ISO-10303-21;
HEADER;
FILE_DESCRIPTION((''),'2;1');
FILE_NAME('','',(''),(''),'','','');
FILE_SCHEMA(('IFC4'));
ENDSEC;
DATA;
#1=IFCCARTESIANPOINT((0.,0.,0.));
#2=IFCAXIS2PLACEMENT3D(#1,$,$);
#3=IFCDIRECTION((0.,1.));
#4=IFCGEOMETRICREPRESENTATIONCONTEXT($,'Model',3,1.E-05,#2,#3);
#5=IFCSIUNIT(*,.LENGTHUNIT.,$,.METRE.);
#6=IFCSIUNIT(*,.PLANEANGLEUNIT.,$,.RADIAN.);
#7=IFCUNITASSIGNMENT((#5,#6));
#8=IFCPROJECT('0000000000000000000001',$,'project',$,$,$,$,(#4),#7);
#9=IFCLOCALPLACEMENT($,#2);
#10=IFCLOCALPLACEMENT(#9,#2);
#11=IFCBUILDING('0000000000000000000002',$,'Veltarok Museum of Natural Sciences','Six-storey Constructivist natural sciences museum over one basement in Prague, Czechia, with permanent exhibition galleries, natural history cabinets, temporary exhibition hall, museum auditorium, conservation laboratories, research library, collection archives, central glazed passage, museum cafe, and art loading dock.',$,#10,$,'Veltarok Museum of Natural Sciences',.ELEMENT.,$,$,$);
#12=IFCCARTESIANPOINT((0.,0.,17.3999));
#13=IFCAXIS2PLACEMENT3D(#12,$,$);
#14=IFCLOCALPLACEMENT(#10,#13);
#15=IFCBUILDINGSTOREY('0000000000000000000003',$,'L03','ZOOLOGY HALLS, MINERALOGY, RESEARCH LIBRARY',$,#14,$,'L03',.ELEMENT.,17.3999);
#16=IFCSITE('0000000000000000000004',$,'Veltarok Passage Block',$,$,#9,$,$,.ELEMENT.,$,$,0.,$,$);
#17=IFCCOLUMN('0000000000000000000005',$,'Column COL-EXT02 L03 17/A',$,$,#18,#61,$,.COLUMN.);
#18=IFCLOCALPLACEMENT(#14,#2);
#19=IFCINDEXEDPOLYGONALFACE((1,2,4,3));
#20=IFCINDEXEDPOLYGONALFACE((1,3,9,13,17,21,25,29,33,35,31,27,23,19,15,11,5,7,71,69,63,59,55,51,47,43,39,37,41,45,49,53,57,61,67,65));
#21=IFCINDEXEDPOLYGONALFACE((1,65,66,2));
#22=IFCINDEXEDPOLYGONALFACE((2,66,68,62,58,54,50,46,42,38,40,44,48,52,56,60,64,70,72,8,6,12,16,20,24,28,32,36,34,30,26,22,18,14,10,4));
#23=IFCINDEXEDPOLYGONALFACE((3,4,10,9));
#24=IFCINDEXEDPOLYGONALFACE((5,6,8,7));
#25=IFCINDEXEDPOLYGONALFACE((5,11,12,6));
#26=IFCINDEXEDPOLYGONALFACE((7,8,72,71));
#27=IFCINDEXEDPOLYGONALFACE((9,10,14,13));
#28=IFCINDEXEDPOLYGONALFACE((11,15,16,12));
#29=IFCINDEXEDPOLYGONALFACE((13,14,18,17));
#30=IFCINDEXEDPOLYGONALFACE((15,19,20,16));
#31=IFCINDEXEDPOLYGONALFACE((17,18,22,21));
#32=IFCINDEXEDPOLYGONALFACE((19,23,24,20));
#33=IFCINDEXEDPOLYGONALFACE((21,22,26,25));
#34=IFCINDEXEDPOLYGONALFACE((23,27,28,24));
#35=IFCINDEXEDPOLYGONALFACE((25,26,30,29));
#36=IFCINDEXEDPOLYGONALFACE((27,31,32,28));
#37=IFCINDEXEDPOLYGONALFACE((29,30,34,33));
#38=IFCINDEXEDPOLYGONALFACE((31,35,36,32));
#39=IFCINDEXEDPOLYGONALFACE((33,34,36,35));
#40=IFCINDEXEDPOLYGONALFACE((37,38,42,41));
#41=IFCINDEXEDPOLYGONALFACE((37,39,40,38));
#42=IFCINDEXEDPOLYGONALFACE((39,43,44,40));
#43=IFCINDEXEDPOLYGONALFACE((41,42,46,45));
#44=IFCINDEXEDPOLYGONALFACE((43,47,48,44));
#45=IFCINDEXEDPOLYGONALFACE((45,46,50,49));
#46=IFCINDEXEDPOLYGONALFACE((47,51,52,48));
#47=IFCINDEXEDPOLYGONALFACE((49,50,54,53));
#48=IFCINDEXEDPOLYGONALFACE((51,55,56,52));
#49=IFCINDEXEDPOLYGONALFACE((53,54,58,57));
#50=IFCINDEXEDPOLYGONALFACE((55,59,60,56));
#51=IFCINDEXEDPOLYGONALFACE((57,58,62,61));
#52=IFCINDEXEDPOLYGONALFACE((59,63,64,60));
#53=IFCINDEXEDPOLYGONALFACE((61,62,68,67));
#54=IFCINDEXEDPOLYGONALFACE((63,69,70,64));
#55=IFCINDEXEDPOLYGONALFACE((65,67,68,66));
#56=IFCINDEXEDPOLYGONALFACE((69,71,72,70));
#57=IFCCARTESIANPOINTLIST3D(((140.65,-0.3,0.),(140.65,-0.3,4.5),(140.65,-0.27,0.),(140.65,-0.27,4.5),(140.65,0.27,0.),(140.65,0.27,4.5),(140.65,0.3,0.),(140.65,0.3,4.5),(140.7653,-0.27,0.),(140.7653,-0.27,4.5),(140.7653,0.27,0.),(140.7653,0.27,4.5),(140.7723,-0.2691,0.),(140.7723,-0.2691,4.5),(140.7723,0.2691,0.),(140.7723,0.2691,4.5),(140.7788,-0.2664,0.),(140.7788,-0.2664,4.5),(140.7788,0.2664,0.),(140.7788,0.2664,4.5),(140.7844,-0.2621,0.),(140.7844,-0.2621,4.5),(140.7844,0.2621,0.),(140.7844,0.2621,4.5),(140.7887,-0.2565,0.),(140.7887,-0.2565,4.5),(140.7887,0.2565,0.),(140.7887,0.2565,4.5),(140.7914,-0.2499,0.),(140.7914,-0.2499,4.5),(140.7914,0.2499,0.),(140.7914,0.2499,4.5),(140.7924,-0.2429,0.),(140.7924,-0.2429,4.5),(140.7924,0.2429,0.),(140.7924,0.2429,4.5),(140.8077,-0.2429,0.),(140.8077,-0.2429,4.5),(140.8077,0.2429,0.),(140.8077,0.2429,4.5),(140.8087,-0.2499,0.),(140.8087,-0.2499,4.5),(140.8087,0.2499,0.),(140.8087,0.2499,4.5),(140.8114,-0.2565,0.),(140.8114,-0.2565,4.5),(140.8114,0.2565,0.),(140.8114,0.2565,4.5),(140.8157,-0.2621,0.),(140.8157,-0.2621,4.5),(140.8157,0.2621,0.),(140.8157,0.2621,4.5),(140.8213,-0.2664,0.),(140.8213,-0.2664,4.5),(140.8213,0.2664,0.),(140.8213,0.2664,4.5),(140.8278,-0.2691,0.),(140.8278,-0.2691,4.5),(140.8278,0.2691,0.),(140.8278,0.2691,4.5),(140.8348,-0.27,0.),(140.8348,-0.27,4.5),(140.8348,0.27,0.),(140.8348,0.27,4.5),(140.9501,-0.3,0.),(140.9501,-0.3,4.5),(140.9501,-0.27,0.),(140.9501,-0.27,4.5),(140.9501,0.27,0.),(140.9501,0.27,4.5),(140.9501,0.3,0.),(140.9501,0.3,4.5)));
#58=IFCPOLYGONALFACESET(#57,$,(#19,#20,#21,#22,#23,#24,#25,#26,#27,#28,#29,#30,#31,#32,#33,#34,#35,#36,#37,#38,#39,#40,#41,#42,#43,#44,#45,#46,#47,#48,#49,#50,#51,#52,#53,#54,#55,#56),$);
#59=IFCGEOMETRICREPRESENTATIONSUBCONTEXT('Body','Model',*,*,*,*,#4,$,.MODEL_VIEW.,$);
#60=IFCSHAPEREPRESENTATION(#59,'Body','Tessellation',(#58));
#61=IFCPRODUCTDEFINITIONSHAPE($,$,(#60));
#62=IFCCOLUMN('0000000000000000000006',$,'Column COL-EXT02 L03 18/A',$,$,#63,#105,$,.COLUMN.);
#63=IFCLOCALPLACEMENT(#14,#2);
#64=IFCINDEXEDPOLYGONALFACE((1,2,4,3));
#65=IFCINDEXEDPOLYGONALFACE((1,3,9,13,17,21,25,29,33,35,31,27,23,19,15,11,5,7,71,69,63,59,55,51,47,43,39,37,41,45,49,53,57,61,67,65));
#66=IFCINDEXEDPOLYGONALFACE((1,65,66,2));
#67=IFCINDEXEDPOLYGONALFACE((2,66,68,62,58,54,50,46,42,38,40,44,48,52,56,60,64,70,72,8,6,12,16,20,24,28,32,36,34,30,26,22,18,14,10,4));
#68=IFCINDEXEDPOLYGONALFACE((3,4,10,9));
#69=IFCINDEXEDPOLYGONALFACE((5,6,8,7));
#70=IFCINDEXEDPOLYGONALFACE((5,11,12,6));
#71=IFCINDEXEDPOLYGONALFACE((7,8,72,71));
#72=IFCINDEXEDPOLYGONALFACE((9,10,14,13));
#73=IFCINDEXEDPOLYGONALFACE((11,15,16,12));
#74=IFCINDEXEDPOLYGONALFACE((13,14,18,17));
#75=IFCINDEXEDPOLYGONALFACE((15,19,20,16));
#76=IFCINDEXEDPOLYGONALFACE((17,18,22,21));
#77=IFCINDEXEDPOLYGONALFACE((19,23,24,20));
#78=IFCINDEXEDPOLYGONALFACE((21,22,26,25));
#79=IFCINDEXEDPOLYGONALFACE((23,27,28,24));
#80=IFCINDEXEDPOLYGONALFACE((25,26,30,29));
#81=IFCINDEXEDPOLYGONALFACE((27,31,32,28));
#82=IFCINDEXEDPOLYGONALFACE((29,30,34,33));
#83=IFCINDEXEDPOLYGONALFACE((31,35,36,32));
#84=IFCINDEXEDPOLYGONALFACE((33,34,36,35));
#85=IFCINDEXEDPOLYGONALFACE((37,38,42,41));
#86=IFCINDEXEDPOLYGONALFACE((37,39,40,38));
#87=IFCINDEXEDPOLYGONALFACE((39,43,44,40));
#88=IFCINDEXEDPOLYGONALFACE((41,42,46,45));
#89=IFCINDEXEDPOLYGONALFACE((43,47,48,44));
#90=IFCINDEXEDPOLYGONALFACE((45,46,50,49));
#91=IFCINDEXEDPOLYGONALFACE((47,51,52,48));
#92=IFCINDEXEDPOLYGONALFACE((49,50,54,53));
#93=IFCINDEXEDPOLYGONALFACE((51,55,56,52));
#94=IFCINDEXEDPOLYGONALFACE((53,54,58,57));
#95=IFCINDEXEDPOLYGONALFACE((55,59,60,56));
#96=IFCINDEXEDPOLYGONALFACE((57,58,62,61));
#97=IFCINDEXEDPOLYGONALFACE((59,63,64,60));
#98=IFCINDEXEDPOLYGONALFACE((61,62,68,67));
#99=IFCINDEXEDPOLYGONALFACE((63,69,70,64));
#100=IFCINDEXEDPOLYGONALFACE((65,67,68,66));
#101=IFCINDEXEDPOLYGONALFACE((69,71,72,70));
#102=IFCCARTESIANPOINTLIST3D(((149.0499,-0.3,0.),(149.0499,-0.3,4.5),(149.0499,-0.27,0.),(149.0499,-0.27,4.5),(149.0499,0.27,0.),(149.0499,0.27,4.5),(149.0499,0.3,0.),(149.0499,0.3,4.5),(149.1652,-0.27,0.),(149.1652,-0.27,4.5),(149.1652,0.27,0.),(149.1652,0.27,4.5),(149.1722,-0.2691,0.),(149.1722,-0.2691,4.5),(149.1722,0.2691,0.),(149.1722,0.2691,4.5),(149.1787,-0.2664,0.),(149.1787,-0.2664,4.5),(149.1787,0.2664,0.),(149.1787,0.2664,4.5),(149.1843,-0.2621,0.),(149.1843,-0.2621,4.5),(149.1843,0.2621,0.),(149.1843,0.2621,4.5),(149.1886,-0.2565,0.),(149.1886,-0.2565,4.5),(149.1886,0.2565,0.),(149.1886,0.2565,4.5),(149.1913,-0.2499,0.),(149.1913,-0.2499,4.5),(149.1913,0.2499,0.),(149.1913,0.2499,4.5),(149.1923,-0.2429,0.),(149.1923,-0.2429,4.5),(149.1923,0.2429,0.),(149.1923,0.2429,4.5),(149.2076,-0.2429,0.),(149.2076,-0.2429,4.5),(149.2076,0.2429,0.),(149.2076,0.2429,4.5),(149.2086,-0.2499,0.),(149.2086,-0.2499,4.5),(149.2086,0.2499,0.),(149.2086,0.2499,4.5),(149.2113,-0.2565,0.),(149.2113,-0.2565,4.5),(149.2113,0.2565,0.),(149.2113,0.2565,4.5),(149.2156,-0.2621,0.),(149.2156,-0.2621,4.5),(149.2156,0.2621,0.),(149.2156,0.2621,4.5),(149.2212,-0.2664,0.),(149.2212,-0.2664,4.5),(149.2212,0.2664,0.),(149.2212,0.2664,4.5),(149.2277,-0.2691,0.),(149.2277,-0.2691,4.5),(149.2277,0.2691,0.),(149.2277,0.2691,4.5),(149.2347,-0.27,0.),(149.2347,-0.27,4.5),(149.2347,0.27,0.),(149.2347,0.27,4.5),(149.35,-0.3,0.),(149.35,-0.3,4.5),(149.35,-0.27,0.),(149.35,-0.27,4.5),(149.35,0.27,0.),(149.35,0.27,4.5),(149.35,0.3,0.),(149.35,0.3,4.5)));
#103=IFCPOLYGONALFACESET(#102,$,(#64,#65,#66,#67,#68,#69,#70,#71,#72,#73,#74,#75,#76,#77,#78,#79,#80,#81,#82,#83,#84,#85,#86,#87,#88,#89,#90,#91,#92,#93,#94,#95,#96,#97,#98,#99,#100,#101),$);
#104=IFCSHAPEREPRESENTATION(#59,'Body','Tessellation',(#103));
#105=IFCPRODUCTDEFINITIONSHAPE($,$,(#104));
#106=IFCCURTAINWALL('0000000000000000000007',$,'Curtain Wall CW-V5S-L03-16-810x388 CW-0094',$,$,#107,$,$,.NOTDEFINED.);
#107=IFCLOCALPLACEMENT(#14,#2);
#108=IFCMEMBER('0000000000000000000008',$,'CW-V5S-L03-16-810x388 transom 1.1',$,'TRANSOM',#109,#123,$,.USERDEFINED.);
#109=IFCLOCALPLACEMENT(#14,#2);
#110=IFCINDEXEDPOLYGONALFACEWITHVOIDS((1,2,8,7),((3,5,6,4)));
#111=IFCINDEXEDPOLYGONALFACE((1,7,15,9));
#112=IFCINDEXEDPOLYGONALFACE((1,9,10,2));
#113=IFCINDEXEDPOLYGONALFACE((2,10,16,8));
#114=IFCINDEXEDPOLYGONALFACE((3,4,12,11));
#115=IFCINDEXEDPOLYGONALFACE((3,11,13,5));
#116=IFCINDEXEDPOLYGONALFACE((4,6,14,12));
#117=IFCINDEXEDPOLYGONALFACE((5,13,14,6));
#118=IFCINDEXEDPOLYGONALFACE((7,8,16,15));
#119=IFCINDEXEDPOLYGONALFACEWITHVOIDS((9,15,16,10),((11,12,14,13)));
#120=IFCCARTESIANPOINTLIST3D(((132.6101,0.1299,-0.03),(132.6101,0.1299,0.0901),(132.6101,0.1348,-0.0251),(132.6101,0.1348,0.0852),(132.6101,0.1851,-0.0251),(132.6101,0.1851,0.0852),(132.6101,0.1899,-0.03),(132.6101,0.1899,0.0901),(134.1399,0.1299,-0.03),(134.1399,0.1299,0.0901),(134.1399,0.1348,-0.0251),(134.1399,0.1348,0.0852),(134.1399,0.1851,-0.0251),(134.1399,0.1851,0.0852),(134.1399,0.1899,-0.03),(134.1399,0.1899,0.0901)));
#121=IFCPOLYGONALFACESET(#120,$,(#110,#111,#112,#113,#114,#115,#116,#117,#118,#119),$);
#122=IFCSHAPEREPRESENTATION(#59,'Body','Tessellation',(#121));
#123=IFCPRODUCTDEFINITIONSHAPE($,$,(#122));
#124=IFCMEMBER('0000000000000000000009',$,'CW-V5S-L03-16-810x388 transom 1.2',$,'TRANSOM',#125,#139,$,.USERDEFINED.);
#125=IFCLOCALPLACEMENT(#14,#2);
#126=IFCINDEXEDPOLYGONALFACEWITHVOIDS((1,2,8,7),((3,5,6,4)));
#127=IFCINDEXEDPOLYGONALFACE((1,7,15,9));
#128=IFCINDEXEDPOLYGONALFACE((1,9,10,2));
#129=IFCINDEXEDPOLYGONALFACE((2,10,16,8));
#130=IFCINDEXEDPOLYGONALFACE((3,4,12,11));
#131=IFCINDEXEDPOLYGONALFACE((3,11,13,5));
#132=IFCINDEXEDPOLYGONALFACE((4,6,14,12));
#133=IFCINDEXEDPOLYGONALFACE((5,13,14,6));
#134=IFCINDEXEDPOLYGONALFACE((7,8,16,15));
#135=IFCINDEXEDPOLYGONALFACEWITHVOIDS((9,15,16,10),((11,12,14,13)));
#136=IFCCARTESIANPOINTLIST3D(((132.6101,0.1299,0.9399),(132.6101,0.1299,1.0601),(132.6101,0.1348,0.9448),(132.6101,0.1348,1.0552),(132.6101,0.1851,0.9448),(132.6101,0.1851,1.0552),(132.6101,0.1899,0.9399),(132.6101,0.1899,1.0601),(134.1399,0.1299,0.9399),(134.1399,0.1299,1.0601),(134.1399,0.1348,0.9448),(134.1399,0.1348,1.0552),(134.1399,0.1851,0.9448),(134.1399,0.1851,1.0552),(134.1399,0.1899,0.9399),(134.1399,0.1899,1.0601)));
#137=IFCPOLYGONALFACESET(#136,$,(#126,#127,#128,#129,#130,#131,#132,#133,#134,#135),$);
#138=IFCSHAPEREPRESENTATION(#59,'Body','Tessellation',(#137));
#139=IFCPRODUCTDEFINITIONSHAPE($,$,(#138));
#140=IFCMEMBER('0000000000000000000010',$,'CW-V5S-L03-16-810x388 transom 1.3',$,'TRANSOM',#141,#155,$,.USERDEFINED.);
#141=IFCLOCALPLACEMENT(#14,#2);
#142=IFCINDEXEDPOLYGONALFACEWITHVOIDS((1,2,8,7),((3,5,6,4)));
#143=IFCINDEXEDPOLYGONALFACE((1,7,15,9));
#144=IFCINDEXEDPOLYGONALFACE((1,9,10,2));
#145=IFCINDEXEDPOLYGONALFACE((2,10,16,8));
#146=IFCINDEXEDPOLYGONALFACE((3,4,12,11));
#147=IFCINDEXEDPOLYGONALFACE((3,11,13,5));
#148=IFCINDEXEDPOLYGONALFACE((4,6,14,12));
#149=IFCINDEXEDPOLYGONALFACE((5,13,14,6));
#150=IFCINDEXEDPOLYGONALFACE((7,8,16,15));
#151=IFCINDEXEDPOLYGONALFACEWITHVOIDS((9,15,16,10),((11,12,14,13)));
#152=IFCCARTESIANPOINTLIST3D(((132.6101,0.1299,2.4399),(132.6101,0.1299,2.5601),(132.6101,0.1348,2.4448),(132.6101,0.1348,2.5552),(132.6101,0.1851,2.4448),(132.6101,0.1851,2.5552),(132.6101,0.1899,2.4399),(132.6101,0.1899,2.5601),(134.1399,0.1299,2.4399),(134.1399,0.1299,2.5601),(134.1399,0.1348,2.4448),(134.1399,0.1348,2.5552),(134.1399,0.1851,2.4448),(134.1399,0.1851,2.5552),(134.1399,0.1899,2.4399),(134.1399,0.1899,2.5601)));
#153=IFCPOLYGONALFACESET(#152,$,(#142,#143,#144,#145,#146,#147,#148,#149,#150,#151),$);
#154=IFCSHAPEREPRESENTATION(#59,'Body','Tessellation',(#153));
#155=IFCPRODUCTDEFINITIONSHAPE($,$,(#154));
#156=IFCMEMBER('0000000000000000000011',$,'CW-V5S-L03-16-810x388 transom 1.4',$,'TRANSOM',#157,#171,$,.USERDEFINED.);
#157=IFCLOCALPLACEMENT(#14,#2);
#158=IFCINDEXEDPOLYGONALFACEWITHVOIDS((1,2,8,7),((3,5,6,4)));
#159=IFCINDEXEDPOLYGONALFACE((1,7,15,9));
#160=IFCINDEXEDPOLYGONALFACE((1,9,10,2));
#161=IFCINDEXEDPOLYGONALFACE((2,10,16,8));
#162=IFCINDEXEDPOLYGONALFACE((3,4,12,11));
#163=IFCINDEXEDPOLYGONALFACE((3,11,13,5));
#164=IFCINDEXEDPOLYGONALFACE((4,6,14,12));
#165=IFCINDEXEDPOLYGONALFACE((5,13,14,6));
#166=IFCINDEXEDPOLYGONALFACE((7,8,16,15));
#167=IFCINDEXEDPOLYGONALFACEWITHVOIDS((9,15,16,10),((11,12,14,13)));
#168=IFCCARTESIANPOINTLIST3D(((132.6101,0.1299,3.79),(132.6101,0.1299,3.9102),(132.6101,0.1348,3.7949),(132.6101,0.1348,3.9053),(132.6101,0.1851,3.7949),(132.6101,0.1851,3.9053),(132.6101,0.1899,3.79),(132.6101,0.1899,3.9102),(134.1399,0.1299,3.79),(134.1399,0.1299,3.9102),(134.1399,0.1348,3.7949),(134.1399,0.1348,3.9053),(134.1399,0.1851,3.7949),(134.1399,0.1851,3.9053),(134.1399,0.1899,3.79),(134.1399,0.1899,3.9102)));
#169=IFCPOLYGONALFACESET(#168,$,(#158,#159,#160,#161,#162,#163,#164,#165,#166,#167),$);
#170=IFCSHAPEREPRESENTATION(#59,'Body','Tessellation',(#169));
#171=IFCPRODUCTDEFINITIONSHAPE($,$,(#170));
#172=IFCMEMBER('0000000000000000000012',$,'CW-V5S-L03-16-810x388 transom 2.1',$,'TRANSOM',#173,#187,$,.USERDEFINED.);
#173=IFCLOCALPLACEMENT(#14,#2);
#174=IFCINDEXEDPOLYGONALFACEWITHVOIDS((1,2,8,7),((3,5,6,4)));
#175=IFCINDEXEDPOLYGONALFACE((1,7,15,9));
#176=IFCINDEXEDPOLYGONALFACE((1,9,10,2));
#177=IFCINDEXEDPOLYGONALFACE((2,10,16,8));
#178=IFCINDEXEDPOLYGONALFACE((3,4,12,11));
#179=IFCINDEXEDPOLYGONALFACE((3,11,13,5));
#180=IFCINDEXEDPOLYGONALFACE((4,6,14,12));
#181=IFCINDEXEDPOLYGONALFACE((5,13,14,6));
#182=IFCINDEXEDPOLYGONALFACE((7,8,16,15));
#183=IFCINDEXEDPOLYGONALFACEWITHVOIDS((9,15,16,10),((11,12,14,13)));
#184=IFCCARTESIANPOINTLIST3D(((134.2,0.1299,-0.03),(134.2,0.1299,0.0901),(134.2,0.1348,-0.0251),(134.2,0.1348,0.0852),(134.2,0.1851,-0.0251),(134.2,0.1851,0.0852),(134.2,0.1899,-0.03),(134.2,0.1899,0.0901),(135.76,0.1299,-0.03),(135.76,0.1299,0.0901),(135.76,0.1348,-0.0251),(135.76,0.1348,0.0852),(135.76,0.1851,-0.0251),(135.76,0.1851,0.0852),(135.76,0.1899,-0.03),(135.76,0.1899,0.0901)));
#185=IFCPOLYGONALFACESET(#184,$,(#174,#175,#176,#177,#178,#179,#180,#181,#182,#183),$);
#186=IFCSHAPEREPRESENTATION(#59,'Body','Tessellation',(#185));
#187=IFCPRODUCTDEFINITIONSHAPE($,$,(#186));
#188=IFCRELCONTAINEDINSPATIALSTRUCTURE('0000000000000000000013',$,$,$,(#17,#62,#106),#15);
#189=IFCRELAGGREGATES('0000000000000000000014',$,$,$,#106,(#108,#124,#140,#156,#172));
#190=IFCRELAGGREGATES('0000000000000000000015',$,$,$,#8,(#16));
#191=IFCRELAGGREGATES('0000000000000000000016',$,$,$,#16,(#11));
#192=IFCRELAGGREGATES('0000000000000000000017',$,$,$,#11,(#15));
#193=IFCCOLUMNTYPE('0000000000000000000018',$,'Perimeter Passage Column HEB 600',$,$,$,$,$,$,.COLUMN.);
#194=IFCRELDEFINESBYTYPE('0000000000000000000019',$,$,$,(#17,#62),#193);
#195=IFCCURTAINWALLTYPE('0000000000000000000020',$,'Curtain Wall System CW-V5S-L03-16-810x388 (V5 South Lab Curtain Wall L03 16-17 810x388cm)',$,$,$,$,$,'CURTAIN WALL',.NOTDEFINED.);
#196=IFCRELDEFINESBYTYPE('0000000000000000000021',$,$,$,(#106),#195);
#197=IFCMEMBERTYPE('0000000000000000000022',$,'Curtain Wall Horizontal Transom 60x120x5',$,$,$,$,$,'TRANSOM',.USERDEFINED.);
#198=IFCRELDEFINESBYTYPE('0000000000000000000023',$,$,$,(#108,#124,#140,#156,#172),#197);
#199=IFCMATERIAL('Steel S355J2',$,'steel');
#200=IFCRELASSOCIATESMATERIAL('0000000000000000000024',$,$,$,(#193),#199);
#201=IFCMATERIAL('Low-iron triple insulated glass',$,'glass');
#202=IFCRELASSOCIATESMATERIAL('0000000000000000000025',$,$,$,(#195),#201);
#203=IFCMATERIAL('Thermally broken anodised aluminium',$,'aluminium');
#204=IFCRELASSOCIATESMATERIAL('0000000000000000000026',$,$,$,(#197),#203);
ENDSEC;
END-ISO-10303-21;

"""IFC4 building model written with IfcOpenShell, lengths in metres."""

from ifc_helpers import new_model, si_unit, direction, frame, origin, origin_2d, place, context, subcontext, project, spatial, hollow_rectangle, i_section, extrude, material, material_profile, profile_set, type_object, element, aggregate, save


model = new_model("IFC4")

# Units and contexts
model_context = context("Model", 3, precision=1e-05, world=origin(), true_north=direction((0.0, 1.0)))
body_context = subcontext(model_context, "Body", "Model", "MODEL_VIEW")
ifc_project = project(units=[si_unit("LENGTHUNIT", "METRE"), si_unit("PLANEANGLEUNIT", "RADIAN")], contexts=[model_context])

# Site, building, storey
site_placement = place(None, origin())
site = spatial("IfcSite", under=ifc_project, at=site_placement, Name="Veltarok Passage Block", CompositionType="ELEMENT", RefElevation=0.0)
building_placement = place(site_placement, origin())
building = spatial("IfcBuilding", under=site, at=building_placement, Name="Veltarok Museum of Natural Sciences", Description="Six-storey Constructivist natural sciences museum over one basement in Prague, Czechia, with permanent exhibition galleries, natural history cabinets, temporary exhibition hall, museum auditorium, conservation laboratories, research library, collection archives, central glazed passage, museum cafe, and art loading dock.", LongName="Veltarok Museum of Natural Sciences", CompositionType="ELEMENT")
storey_placement = place(building_placement, frame((0.0, 0.0, 17.3999)))
storey = spatial("IfcBuildingStorey", under=building, at=storey_placement, Name="L03", Description="ZOOLOGY HALLS, MINERALOGY, RESEARCH LIBRARY", LongName="L03", CompositionType="ELEMENT", Elevation=17.3999)

# Columns
ifc_material_1 = material(Name="Steel S355J2", Category="steel")
ifc_material_profile_1 = material_profile(ifc_material_1, i_section(OverallWidth=0.3, OverallDepth=0.6001, WebThickness=0.0154, FlangeThickness=0.03, FilletRadius=0.0271, at=origin_2d()), Name="HEB 600")
ifc_profile_set_1 = profile_set([ifc_material_profile_1], Name="Steel S355J2")
column_type = type_object("IfcColumnType", Name="Perimeter Passage Column HEB 600", PredefinedType="COLUMN", material=ifc_profile_set_1)
for number, where, z_axis, x_axis, name in (
    (1, (140.8, 0.0, 0.0), (0.0, 0.0, 1.0), (1.0, 0.0, 0.0), "Column COL-EXT02 L03 17/A"),
    (2, (149.2, 0.0, 0.0), (0.0, 0.0, 1.0), (1.0, 0.0, 0.0), "Column COL-EXT02 L03 18/A"),
):
    element("IfcColumn", number, at=place(storey_placement, frame(where, z_axis=z_axis, x_axis=x_axis)), inside=storey, type_object=column_type, Name=name, PredefinedType="COLUMN", context=body_context, shape_type="SweptSolid", body=[
        extrude(i_section(OverallWidth=0.3, OverallDepth=0.6001, WebThickness=0.0154, FlangeThickness=0.03, FilletRadius=0.0271, at=origin_2d()), origin(), (0.0, 0.0, 1.0), 4.5),
    ])

# Curtain wall, members
ifc_material_2 = material(Name="Low-iron triple insulated glass", Category="glass")
curtain_wall_type = type_object("IfcCurtainWallType", Name="Curtain Wall System CW-V5S-L03-16-810x388 (V5 South Lab Curtain Wall L03 16-17 810x388cm)", ElementType="CURTAIN WALL", PredefinedType="NOTDEFINED", material=ifc_material_2)
curtain_wall_placement = place(storey_placement, origin())
curtain_wall = element("IfcCurtainWall", 3, at=curtain_wall_placement, inside=storey, type_object=curtain_wall_type, Name="Curtain Wall CW-V5S-L03-16-810x388 CW-0094", PredefinedType="NOTDEFINED")
ifc_material_3 = material(Name="Thermally broken anodised aluminium", Category="aluminium")
ifc_material_profile_2 = material_profile(ifc_material_3, hollow_rectangle(XDim=0.0601, YDim=0.1201, WallThickness=0.0049, at=origin_2d()), Name="CW TRANSOM 60x120x5")
ifc_profile_set_2 = profile_set([ifc_material_profile_2], Name="Thermally broken anodised aluminium")
member_type_1 = type_object("IfcMemberType", Name="Curtain Wall Horizontal Transom 60x120x5", ElementType="TRANSOM", PredefinedType="USERDEFINED", material=ifc_profile_set_2)
member_1_placement = place(storey_placement, frame((132.6101, 0.1599, 0.03), z_axis=(1.0, 0.0, 0.0), x_axis=(0.0, 1.0, 0.0)))
member_1 = element("IfcMember", 4, at=member_1_placement, type_object=member_type_1, Name="CW-V5S-L03-16-810x388 transom 1.1", ObjectType="TRANSOM", PredefinedType="USERDEFINED", context=body_context, shape_type="SweptSolid", body=[
    extrude(hollow_rectangle(XDim=0.0601, YDim=0.1201, WallThickness=0.0049, at=origin_2d()), origin(), (0.0, 0.0, 1.0), 1.5298),
])
member_2_placement = place(storey_placement, frame((132.6101, 0.1599, 1.0), z_axis=(1.0, 0.0, 0.0), x_axis=(0.0, 1.0, 0.0)))
member_2 = element("IfcMember", 5, at=member_2_placement, type_object=member_type_1, Name="CW-V5S-L03-16-810x388 transom 1.2", ObjectType="TRANSOM", PredefinedType="USERDEFINED", context=body_context, shape_type="SweptSolid", body=[
    extrude(hollow_rectangle(XDim=0.0601, YDim=0.1201, WallThickness=0.0049, at=origin_2d()), origin(), (0.0, 0.0, 1.0), 1.5298),
])
member_3_placement = place(storey_placement, frame((132.6101, 0.1599, 2.5), z_axis=(1.0, 0.0, 0.0), x_axis=(0.0, 1.0, 0.0)))
member_3 = element("IfcMember", 6, at=member_3_placement, type_object=member_type_1, Name="CW-V5S-L03-16-810x388 transom 1.3", ObjectType="TRANSOM", PredefinedType="USERDEFINED", context=body_context, shape_type="SweptSolid", body=[
    extrude(hollow_rectangle(XDim=0.0601, YDim=0.1201, WallThickness=0.0049, at=origin_2d()), origin(), (0.0, 0.0, 1.0), 1.5298),
])
member_4_placement = place(storey_placement, frame((132.6101, 0.1599, 3.8501), z_axis=(1.0, 0.0, 0.0), x_axis=(0.0, 1.0, 0.0)))
member_4 = element("IfcMember", 7, at=member_4_placement, type_object=member_type_1, Name="CW-V5S-L03-16-810x388 transom 1.4", ObjectType="TRANSOM", PredefinedType="USERDEFINED", context=body_context, shape_type="SweptSolid", body=[
    extrude(hollow_rectangle(XDim=0.0601, YDim=0.1201, WallThickness=0.0049, at=origin_2d()), origin(), (0.0, 0.0, 1.0), 1.5298),
])
member_5_placement = place(storey_placement, frame((134.2, 0.1599, 0.03), z_axis=(1.0, 0.0, 0.0), x_axis=(0.0, 1.0, 0.0)))
member_5 = element("IfcMember", 8, at=member_5_placement, type_object=member_type_1, Name="CW-V5S-L03-16-810x388 transom 2.1", ObjectType="TRANSOM", PredefinedType="USERDEFINED", context=body_context, shape_type="SweptSolid", body=[
    extrude(hollow_rectangle(XDim=0.0601, YDim=0.1201, WallThickness=0.0049, at=origin_2d()), origin(), (0.0, 0.0, 1.0), 1.5601),
])

aggregate(curtain_wall, [member_1, member_2, member_3, member_4, member_5])

save(model, "model.ifc")
